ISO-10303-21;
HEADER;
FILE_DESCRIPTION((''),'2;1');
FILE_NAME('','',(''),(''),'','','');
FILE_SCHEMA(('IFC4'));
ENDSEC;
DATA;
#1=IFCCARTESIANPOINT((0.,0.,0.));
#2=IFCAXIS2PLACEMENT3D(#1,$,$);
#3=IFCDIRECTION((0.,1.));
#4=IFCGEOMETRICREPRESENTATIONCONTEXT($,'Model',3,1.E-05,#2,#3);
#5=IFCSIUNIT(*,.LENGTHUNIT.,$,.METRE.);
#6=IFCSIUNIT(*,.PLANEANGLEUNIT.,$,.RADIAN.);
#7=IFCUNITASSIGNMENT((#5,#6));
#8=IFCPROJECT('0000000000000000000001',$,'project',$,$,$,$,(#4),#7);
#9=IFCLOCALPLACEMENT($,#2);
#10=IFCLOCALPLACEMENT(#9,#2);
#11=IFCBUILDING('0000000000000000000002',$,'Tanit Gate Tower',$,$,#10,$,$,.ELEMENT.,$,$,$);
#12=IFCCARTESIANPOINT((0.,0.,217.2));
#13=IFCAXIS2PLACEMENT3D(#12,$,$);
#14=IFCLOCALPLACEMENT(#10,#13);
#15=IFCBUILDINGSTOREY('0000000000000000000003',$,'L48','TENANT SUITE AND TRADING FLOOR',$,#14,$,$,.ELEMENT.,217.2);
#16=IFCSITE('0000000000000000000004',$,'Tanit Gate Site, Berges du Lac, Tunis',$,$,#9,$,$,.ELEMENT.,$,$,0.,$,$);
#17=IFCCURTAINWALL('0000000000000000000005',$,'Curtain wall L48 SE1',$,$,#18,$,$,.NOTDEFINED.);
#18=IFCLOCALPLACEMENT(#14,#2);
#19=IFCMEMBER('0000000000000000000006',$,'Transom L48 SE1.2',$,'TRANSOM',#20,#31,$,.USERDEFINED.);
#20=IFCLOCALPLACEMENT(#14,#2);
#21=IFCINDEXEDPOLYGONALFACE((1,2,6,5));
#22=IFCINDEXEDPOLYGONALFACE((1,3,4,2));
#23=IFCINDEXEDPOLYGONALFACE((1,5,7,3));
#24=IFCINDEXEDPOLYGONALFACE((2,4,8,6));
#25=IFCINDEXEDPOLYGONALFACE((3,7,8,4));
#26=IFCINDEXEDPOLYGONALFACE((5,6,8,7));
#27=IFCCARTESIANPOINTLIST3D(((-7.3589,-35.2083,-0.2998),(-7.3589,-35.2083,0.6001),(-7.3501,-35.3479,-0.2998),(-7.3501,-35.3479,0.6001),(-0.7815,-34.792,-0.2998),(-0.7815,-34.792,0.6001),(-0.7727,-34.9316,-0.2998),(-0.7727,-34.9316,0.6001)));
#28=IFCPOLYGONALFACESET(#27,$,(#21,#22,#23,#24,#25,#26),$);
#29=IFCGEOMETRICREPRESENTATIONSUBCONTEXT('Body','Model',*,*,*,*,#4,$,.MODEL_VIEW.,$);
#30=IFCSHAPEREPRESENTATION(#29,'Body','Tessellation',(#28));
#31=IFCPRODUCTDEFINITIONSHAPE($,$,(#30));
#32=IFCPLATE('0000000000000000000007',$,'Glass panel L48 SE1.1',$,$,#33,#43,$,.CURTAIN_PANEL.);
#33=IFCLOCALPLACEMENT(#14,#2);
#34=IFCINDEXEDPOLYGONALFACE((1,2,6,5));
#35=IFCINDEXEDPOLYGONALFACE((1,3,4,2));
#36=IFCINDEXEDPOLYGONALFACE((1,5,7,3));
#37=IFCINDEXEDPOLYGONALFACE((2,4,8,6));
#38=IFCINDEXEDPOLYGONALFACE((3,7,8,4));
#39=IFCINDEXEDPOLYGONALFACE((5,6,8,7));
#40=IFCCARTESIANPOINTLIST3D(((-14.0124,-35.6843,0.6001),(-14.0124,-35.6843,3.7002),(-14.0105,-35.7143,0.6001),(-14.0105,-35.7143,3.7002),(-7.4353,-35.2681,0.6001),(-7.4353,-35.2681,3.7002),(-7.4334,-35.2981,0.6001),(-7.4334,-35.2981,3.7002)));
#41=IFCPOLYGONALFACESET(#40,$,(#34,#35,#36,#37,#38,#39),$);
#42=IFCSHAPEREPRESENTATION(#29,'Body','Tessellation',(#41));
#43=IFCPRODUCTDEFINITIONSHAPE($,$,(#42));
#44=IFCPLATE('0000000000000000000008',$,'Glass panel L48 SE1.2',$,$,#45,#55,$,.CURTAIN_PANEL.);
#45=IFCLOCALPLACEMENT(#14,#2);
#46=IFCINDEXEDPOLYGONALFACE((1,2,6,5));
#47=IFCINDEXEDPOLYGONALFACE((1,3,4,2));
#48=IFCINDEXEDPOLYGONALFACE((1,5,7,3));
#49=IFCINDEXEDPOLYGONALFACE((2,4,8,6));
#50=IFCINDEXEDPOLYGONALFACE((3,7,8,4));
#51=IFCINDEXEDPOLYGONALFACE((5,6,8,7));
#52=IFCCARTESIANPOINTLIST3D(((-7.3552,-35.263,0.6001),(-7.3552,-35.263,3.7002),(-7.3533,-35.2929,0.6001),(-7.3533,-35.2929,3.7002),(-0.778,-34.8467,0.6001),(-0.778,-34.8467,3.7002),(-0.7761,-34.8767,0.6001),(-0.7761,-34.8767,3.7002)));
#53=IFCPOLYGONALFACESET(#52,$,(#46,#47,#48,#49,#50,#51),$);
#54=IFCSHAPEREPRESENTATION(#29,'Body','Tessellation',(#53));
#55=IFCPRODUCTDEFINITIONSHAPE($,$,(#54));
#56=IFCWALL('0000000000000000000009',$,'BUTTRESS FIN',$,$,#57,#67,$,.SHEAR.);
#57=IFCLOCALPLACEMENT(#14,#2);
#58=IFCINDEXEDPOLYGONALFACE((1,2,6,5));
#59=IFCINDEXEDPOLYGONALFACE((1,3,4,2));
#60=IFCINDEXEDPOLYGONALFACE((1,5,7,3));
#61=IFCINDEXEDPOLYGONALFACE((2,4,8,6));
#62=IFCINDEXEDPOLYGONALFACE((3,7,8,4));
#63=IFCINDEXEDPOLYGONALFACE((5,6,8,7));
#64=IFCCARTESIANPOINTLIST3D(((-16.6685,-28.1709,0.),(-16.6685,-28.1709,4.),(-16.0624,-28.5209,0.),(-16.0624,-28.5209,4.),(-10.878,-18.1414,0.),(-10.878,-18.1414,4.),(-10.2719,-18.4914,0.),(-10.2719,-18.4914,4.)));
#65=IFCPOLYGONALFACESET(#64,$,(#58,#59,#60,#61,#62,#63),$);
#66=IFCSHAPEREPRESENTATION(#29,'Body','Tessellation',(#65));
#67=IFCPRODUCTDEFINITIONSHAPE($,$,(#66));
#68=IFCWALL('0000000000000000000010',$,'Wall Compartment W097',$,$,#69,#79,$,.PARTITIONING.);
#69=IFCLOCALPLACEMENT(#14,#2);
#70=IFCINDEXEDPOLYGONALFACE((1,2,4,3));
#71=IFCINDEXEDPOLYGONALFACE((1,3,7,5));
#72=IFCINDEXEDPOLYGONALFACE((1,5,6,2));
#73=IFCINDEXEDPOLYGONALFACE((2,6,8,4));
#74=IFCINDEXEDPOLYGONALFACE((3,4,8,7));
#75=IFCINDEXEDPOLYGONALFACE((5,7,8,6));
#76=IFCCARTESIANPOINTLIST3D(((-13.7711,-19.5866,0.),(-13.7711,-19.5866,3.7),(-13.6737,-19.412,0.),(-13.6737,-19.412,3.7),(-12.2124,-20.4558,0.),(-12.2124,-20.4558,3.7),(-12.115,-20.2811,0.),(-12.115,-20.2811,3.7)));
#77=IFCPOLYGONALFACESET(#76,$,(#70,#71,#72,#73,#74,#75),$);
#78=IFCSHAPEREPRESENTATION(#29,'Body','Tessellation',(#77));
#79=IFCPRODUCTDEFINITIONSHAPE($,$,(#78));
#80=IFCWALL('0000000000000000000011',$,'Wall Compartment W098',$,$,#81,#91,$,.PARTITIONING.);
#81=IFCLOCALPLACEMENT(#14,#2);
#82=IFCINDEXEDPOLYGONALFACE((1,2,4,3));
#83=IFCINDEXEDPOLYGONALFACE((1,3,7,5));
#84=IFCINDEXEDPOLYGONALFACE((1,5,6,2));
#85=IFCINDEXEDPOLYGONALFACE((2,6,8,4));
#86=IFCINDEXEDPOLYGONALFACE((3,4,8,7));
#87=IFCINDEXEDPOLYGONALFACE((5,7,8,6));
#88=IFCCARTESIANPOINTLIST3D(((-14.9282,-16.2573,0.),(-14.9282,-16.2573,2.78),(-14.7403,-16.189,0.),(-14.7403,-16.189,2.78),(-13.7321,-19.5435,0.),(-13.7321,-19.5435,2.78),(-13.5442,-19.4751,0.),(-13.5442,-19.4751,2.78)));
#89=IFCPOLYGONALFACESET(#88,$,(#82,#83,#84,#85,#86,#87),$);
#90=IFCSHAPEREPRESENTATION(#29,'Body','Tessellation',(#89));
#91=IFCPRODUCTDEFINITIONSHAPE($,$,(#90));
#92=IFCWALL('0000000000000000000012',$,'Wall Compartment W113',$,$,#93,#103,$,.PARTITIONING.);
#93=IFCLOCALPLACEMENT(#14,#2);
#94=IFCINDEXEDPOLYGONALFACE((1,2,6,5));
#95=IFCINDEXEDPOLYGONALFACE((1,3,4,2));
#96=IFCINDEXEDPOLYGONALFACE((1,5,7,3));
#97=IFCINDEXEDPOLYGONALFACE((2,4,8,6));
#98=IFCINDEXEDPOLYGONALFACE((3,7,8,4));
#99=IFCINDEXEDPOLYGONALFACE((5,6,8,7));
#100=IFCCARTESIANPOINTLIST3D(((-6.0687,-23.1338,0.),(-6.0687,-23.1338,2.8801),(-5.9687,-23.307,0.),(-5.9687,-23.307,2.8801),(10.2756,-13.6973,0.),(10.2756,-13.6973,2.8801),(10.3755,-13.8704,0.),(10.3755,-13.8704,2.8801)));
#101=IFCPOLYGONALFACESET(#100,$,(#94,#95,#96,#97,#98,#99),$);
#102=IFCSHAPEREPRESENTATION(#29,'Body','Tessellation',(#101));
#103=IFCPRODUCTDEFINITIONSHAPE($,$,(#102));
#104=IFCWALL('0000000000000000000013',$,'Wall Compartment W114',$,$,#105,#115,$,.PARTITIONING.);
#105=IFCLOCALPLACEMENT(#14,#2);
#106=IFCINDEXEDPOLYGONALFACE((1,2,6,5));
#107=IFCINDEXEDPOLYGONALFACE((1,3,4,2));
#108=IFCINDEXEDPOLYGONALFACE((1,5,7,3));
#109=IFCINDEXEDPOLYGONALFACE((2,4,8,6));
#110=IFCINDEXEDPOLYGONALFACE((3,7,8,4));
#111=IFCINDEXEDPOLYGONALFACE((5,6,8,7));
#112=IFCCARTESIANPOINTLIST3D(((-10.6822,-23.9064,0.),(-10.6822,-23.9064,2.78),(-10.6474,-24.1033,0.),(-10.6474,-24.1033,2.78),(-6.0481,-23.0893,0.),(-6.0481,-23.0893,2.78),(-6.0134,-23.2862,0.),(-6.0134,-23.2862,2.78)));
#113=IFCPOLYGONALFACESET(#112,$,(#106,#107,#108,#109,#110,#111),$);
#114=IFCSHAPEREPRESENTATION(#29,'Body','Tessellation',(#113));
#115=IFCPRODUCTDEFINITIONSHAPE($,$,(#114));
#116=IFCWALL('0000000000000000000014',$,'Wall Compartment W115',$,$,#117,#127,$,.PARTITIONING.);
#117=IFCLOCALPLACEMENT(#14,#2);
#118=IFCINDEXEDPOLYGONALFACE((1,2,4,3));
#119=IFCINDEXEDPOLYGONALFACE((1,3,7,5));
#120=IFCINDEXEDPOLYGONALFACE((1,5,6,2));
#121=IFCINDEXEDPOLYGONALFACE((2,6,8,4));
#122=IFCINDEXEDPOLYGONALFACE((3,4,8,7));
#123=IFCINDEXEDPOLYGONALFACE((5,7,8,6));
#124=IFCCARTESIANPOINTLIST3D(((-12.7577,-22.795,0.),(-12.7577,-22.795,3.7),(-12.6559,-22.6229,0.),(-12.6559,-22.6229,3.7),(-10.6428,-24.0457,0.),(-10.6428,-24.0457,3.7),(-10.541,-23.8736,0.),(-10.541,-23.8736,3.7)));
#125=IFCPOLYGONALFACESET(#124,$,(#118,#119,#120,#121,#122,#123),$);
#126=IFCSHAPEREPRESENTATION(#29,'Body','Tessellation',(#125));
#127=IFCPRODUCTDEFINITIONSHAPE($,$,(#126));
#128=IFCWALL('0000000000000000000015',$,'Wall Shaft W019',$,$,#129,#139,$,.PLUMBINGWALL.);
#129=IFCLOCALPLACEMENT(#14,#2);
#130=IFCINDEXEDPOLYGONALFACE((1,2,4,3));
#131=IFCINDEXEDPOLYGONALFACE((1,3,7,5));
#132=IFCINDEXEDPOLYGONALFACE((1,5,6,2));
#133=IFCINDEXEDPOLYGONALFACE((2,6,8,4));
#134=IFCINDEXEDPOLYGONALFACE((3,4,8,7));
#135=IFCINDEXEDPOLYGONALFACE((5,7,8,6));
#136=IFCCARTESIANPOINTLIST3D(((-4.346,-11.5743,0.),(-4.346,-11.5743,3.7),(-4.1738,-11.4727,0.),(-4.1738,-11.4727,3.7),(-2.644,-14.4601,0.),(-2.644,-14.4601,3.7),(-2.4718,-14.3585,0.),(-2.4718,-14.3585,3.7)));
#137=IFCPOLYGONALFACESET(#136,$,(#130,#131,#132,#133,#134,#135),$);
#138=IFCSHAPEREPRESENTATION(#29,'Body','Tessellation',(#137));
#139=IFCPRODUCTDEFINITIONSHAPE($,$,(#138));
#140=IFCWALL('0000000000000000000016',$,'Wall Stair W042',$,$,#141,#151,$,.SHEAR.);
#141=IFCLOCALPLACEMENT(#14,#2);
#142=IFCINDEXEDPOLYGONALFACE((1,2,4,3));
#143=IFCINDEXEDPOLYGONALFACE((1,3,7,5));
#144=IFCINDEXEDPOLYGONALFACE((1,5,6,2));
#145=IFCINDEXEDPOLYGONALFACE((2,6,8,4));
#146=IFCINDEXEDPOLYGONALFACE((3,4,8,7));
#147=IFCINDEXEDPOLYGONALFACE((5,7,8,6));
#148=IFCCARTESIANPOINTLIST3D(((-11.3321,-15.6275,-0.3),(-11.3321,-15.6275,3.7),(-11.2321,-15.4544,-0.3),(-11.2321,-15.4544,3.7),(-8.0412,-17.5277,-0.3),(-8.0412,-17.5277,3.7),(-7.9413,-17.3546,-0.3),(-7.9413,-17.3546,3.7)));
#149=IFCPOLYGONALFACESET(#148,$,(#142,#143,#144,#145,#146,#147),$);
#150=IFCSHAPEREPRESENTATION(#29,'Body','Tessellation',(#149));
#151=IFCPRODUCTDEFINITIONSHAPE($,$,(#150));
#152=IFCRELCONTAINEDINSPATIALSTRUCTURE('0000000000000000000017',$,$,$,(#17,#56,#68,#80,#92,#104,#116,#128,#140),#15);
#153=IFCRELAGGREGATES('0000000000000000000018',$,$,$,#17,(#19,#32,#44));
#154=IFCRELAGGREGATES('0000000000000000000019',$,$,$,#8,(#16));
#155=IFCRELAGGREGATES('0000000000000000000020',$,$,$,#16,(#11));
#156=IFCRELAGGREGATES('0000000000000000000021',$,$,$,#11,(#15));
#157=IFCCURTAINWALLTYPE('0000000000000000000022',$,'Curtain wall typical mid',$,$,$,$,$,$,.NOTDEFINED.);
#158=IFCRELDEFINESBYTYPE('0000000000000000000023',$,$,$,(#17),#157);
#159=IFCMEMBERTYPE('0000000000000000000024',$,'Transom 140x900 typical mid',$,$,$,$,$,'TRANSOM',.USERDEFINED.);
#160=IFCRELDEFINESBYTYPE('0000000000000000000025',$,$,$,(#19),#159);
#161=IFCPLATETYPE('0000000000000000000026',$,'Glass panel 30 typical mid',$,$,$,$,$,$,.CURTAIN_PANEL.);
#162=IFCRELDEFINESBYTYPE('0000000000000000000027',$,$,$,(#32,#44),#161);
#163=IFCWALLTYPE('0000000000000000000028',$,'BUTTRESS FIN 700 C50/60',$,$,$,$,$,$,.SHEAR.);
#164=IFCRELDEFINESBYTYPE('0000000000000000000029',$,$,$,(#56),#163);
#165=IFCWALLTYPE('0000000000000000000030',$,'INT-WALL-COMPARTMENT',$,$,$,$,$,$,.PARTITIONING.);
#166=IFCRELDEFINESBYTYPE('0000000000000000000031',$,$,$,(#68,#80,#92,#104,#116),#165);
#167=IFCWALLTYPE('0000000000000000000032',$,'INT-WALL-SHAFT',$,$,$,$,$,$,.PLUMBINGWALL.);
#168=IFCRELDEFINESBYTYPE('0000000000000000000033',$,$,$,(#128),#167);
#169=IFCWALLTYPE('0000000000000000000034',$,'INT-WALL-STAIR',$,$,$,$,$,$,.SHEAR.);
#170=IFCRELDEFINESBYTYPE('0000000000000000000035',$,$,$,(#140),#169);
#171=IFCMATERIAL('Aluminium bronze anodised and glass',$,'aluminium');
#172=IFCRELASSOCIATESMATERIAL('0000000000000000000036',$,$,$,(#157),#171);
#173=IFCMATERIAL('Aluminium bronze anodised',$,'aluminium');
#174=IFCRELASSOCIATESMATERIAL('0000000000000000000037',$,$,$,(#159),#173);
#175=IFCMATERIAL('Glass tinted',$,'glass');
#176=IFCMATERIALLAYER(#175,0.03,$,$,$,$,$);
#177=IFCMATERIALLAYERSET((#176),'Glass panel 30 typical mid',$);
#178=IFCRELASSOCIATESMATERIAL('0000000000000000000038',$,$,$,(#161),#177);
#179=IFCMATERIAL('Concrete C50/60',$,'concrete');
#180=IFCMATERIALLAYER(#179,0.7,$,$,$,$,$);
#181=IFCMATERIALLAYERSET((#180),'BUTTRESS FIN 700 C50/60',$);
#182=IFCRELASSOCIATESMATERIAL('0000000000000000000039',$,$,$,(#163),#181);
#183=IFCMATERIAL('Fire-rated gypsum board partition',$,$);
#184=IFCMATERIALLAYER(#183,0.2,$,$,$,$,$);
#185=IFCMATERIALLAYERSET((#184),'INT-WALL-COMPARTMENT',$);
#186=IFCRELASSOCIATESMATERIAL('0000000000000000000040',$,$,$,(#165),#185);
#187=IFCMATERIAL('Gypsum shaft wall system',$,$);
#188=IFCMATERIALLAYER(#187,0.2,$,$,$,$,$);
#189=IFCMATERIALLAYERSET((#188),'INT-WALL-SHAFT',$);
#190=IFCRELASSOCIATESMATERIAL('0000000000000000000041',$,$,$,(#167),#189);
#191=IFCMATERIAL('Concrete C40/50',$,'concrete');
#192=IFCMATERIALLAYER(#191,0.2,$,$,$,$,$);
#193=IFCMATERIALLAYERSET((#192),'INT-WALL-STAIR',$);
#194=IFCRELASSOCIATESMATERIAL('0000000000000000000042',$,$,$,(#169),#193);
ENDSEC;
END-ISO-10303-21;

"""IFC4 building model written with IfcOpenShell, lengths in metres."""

from ifc_helpers import new_model, si_unit, direction, frame, frame_2d, origin, origin_2d, place, context, subcontext, project, spatial, rectangle, extrude, material, layer, layer_set, material_profile, profile_set, type_object, element, aggregate, save


model = new_model("IFC4")

# Units and contexts
model_context = context("Model", 3, precision=1e-05, world=origin(), true_north=direction((0.0, 1.0)))
body_context = subcontext(model_context, "Body", "Model", "MODEL_VIEW")
ifc_project = project(units=[si_unit("LENGTHUNIT", "METRE"), si_unit("PLANEANGLEUNIT", "RADIAN")], contexts=[model_context])

# Site, building, storey
site_placement = place(None, origin())
site = spatial("IfcSite", under=ifc_project, at=site_placement, Name="Tanit Gate Site, Berges du Lac, Tunis", CompositionType="ELEMENT", RefElevation=0.0)
building_placement = place(site_placement, origin())
building = spatial("IfcBuilding", under=site, at=building_placement, Name="Tanit Gate Tower", CompositionType="ELEMENT")
storey_placement = place(building_placement, frame((0.0, 0.0, 217.2)))
storey = spatial("IfcBuildingStorey", under=building, at=storey_placement, Name="L48", Description="TENANT SUITE AND TRADING FLOOR", CompositionType="ELEMENT", Elevation=217.2)

# Curtain wall
ifc_material_1 = material(Name="Aluminium bronze anodised and glass", Category="aluminium")
curtain_wall_type = type_object("IfcCurtainWallType", Name="Curtain wall typical mid", PredefinedType="NOTDEFINED", material=ifc_material_1)
curtain_wall_placement = place(storey_placement, origin())
curtain_wall = element("IfcCurtainWall", 1, at=curtain_wall_placement, inside=storey, type_object=curtain_wall_type, Name="Curtain wall L48 SE1", PredefinedType="NOTDEFINED")

# Member
ifc_material_2 = material(Name="Aluminium bronze anodised", Category="aluminium")
ifc_material_profile_1 = material_profile(ifc_material_2, rectangle(XDim=0.1399, YDim=0.8999, at=origin_2d()), Name="140x900 bronze transom")
ifc_profile_set_1 = profile_set([ifc_material_profile_1], Name="Aluminium bronze anodised")
member_type_1 = type_object("IfcMemberType", Name="Transom 140x900 typical mid", ElementType="TRANSOM", PredefinedType="USERDEFINED", material=ifc_profile_set_1)
member_1_placement = place(storey_placement, frame((-7.3545, -35.2781, 0.1501), z_axis=(0.998003, 0.06316, 0.0), x_axis=(-0.06316, 0.998003, 0.0)))
member_1 = element("IfcMember", 2, at=member_1_placement, type_object=member_type_1, Name="Transom L48 SE1.2", ObjectType="TRANSOM", PredefinedType="USERDEFINED", context=body_context, shape_type="SweptSolid", body=[
    extrude(rectangle(XDim=0.1399, YDim=0.8999, at=origin_2d()), origin(), (0.0, 0.0, 1.0), 6.5906),
])

# Plates
ifc_material_3 = material(Name="Glass tinted", Category="glass")
ifc_layer_1 = layer(ifc_material_3, 0.03)
ifc_layer_set_1 = layer_set([ifc_layer_1], Name="Glass panel 30 typical mid")
plate_type = type_object("IfcPlateType", Name="Glass panel 30 typical mid", PredefinedType="CURTAIN_PANEL", material=ifc_layer_set_1)
plate_1_placement = place(storey_placement, frame((-10.7229, -35.4912, 0.6001), z_axis=(0.0, 0.0, 1.0), x_axis=(0.998003, 0.063159, 0.0)))
plate_1 = element("IfcPlate", 3, at=plate_1_placement, type_object=plate_type, Name="Glass panel L48 SE1.1", PredefinedType="CURTAIN_PANEL", context=body_context, shape_type="SweptSolid", body=[
    extrude(rectangle(XDim=6.5903, YDim=0.03, at=origin_2d()), origin(), (0.0, 0.0, 1.0), 3.1001),
])
plate_2_placement = place(storey_placement, frame((-4.0657, -35.0698, 0.6001), z_axis=(0.0, 0.0, 1.0), x_axis=(0.998003, 0.063159, 0.0)))
plate_2 = element("IfcPlate", 4, at=plate_2_placement, type_object=plate_type, Name="Glass panel L48 SE1.2", PredefinedType="CURTAIN_PANEL", context=body_context, shape_type="SweptSolid", body=[
    extrude(rectangle(XDim=6.5903, YDim=0.03, at=origin_2d()), origin(), (0.0, 0.0, 1.0), 3.1001),
])
aggregate(curtain_wall, [member_1, plate_1, plate_2])

# Wall
ifc_material_4 = material(Name="Concrete C50/60", Category="concrete")
ifc_layer_2 = layer(ifc_material_4, 0.7)
ifc_layer_set_2 = layer_set([ifc_layer_2], Name="BUTTRESS FIN 700 C50/60")
wall_type_1 = type_object("IfcWallType", Name="BUTTRESS FIN 700 C50/60", PredefinedType="SHEAR", material=ifc_layer_set_2)
wall_1_placement = place(storey_placement, frame((-10.575, -18.3164, 0.0), z_axis=(0.0, 0.0, 1.0), x_axis=(-0.499998, -0.866027, 0.0)))
element("IfcWall", 5, at=wall_1_placement, inside=storey, type_object=wall_type_1, Name="BUTTRESS FIN", PredefinedType="SHEAR", context=body_context, shape_type="SweptSolid", body=[
    extrude(rectangle(XDim=11.5811, YDim=0.7, at=frame_2d((5.7905, 0.0))), origin(), (0.0, 0.0, 1.0), 4.0),
])

# Walls
ifc_material_5 = material(Name="Fire-rated gypsum board partition")
ifc_layer_3 = layer(ifc_material_5, 0.2)
ifc_layer_set_3 = layer_set([ifc_layer_3], Name="INT-WALL-COMPARTMENT")
wall_type_2 = type_object("IfcWallType", Name="INT-WALL-COMPARTMENT", PredefinedType="PARTITIONING", material=ifc_layer_set_3)
wall_2_placement = place(storey_placement, frame((-13.7224, -19.4993, 0.0), z_axis=(0.0, 0.0, 1.0), x_axis=(0.873382, -0.487036, 0.0)))
element("IfcWall", 6, at=wall_2_placement, inside=storey, type_object=wall_type_2, Name="Wall Compartment W097", PredefinedType="PARTITIONING", context=body_context, shape_type="SweptSolid", body=[
    extrude(rectangle(XDim=1.7847, YDim=0.2, at=frame_2d((0.8923, 0.0))), origin(), (0.0, 0.0, 1.0), 3.7),
])
wall_3_placement = place(storey_placement, frame((-14.8342, -16.2231, 0.0), z_axis=(0.0, 0.0, 1.0), x_axis=(0.342018, -0.939694, 0.0)))
element("IfcWall", 7, at=wall_3_placement, inside=storey, type_object=wall_type_2, Name="Wall Compartment W098", PredefinedType="PARTITIONING", context=body_context, shape_type="SweptSolid", body=[
    extrude(rectangle(XDim=3.4971, YDim=0.2, at=frame_2d((1.7485, 0.0))), origin(), (0.0, 0.0, 1.0), 2.78),
])
wall_4_placement = place(storey_placement, frame((-6.0188, -23.2205, 0.0), z_axis=(0.0, 0.0, 1.0), x_axis=(0.866021, 0.500007, 0.0)))
element("IfcWall", 8, at=wall_4_placement, inside=storey, type_object=wall_type_2, Name="Wall Compartment W113", PredefinedType="PARTITIONING", context=body_context, shape_type="SweptSolid", body=[
    extrude(rectangle(XDim=18.8728, YDim=0.2, at=frame_2d((9.4365, 0.0))), origin(), (0.0, 0.0, 1.0), 2.8801),
])
wall_5_placement = place(storey_placement, frame((-10.6648, -24.0049, 0.0), z_axis=(0.0, 0.0, 1.0), x_axis=(0.984807, 0.173655, 0.0)))
element("IfcWall", 9, at=wall_5_placement, inside=storey, type_object=wall_type_2, Name="Wall Compartment W114", PredefinedType="PARTITIONING", context=body_context, shape_type="SweptSolid", body=[
    extrude(rectangle(XDim=4.7056, YDim=0.2, at=frame_2d((2.3528, 0.0))), origin(), (0.0, 0.0, 1.0), 2.78),
])
wall_6_placement = place(storey_placement, frame((-12.7068, -22.709, 0.0), z_axis=(0.0, 0.0, 1.0), x_axis=(0.860754, -0.509021, 0.0)))
element("IfcWall", 10, at=wall_6_placement, inside=storey, type_object=wall_type_2, Name="Wall Compartment W115", PredefinedType="PARTITIONING", context=body_context, shape_type="SweptSolid", body=[
    extrude(rectangle(XDim=2.457, YDim=0.2, at=frame_2d((1.2285, 0.0))), origin(), (0.0, 0.0, 1.0), 3.7),
])
ifc_material_6 = material(Name="Gypsum shaft wall system")
ifc_layer_4 = layer(ifc_material_6, 0.2)
ifc_layer_set_4 = layer_set([ifc_layer_4], Name="INT-WALL-SHAFT")
wall_type_3 = type_object("IfcWallType", Name="INT-WALL-SHAFT", PredefinedType="PLUMBINGWALL", material=ifc_layer_set_4)
wall_7_placement = place(storey_placement, frame((-2.5579, -14.4094, 0.0), z_axis=(0.0, 0.0, 1.0), x_axis=(-0.507997, 0.861359, 0.0)))
element("IfcWall", 11, at=wall_7_placement, inside=storey, type_object=wall_type_3, Name="Wall Shaft W019", PredefinedType="PLUMBINGWALL", context=body_context, shape_type="SweptSolid", body=[
    extrude(rectangle(XDim=3.3503, YDim=0.2, at=frame_2d((1.6753, 0.0))), origin(), (0.0, 0.0, 1.0), 3.7),
])
ifc_material_7 = material(Name="Concrete C40/50", Category="concrete")
ifc_layer_5 = layer(ifc_material_7, 0.2)
ifc_layer_set_5 = layer_set([ifc_layer_5], Name="INT-WALL-STAIR")
wall_type_4 = type_object("IfcWallType", Name="INT-WALL-STAIR", PredefinedType="SHEAR", material=ifc_layer_set_5)
wall_8_placement = place(storey_placement, frame((-11.282, -15.541, -0.3), z_axis=(0.0, 0.0, 1.0), x_axis=(0.866, -0.500043, 0.0)))
element("IfcWall", 12, at=wall_8_placement, inside=storey, type_object=wall_type_4, Name="Wall Stair W042", PredefinedType="SHEAR", context=body_context, shape_type="SweptSolid", body=[
    extrude(rectangle(XDim=3.8, YDim=0.2, at=frame_2d((1.8999, 0.0))), origin(), (0.0, 0.0, 1.0), 4.0),
])

save(model, "model.ifc")
